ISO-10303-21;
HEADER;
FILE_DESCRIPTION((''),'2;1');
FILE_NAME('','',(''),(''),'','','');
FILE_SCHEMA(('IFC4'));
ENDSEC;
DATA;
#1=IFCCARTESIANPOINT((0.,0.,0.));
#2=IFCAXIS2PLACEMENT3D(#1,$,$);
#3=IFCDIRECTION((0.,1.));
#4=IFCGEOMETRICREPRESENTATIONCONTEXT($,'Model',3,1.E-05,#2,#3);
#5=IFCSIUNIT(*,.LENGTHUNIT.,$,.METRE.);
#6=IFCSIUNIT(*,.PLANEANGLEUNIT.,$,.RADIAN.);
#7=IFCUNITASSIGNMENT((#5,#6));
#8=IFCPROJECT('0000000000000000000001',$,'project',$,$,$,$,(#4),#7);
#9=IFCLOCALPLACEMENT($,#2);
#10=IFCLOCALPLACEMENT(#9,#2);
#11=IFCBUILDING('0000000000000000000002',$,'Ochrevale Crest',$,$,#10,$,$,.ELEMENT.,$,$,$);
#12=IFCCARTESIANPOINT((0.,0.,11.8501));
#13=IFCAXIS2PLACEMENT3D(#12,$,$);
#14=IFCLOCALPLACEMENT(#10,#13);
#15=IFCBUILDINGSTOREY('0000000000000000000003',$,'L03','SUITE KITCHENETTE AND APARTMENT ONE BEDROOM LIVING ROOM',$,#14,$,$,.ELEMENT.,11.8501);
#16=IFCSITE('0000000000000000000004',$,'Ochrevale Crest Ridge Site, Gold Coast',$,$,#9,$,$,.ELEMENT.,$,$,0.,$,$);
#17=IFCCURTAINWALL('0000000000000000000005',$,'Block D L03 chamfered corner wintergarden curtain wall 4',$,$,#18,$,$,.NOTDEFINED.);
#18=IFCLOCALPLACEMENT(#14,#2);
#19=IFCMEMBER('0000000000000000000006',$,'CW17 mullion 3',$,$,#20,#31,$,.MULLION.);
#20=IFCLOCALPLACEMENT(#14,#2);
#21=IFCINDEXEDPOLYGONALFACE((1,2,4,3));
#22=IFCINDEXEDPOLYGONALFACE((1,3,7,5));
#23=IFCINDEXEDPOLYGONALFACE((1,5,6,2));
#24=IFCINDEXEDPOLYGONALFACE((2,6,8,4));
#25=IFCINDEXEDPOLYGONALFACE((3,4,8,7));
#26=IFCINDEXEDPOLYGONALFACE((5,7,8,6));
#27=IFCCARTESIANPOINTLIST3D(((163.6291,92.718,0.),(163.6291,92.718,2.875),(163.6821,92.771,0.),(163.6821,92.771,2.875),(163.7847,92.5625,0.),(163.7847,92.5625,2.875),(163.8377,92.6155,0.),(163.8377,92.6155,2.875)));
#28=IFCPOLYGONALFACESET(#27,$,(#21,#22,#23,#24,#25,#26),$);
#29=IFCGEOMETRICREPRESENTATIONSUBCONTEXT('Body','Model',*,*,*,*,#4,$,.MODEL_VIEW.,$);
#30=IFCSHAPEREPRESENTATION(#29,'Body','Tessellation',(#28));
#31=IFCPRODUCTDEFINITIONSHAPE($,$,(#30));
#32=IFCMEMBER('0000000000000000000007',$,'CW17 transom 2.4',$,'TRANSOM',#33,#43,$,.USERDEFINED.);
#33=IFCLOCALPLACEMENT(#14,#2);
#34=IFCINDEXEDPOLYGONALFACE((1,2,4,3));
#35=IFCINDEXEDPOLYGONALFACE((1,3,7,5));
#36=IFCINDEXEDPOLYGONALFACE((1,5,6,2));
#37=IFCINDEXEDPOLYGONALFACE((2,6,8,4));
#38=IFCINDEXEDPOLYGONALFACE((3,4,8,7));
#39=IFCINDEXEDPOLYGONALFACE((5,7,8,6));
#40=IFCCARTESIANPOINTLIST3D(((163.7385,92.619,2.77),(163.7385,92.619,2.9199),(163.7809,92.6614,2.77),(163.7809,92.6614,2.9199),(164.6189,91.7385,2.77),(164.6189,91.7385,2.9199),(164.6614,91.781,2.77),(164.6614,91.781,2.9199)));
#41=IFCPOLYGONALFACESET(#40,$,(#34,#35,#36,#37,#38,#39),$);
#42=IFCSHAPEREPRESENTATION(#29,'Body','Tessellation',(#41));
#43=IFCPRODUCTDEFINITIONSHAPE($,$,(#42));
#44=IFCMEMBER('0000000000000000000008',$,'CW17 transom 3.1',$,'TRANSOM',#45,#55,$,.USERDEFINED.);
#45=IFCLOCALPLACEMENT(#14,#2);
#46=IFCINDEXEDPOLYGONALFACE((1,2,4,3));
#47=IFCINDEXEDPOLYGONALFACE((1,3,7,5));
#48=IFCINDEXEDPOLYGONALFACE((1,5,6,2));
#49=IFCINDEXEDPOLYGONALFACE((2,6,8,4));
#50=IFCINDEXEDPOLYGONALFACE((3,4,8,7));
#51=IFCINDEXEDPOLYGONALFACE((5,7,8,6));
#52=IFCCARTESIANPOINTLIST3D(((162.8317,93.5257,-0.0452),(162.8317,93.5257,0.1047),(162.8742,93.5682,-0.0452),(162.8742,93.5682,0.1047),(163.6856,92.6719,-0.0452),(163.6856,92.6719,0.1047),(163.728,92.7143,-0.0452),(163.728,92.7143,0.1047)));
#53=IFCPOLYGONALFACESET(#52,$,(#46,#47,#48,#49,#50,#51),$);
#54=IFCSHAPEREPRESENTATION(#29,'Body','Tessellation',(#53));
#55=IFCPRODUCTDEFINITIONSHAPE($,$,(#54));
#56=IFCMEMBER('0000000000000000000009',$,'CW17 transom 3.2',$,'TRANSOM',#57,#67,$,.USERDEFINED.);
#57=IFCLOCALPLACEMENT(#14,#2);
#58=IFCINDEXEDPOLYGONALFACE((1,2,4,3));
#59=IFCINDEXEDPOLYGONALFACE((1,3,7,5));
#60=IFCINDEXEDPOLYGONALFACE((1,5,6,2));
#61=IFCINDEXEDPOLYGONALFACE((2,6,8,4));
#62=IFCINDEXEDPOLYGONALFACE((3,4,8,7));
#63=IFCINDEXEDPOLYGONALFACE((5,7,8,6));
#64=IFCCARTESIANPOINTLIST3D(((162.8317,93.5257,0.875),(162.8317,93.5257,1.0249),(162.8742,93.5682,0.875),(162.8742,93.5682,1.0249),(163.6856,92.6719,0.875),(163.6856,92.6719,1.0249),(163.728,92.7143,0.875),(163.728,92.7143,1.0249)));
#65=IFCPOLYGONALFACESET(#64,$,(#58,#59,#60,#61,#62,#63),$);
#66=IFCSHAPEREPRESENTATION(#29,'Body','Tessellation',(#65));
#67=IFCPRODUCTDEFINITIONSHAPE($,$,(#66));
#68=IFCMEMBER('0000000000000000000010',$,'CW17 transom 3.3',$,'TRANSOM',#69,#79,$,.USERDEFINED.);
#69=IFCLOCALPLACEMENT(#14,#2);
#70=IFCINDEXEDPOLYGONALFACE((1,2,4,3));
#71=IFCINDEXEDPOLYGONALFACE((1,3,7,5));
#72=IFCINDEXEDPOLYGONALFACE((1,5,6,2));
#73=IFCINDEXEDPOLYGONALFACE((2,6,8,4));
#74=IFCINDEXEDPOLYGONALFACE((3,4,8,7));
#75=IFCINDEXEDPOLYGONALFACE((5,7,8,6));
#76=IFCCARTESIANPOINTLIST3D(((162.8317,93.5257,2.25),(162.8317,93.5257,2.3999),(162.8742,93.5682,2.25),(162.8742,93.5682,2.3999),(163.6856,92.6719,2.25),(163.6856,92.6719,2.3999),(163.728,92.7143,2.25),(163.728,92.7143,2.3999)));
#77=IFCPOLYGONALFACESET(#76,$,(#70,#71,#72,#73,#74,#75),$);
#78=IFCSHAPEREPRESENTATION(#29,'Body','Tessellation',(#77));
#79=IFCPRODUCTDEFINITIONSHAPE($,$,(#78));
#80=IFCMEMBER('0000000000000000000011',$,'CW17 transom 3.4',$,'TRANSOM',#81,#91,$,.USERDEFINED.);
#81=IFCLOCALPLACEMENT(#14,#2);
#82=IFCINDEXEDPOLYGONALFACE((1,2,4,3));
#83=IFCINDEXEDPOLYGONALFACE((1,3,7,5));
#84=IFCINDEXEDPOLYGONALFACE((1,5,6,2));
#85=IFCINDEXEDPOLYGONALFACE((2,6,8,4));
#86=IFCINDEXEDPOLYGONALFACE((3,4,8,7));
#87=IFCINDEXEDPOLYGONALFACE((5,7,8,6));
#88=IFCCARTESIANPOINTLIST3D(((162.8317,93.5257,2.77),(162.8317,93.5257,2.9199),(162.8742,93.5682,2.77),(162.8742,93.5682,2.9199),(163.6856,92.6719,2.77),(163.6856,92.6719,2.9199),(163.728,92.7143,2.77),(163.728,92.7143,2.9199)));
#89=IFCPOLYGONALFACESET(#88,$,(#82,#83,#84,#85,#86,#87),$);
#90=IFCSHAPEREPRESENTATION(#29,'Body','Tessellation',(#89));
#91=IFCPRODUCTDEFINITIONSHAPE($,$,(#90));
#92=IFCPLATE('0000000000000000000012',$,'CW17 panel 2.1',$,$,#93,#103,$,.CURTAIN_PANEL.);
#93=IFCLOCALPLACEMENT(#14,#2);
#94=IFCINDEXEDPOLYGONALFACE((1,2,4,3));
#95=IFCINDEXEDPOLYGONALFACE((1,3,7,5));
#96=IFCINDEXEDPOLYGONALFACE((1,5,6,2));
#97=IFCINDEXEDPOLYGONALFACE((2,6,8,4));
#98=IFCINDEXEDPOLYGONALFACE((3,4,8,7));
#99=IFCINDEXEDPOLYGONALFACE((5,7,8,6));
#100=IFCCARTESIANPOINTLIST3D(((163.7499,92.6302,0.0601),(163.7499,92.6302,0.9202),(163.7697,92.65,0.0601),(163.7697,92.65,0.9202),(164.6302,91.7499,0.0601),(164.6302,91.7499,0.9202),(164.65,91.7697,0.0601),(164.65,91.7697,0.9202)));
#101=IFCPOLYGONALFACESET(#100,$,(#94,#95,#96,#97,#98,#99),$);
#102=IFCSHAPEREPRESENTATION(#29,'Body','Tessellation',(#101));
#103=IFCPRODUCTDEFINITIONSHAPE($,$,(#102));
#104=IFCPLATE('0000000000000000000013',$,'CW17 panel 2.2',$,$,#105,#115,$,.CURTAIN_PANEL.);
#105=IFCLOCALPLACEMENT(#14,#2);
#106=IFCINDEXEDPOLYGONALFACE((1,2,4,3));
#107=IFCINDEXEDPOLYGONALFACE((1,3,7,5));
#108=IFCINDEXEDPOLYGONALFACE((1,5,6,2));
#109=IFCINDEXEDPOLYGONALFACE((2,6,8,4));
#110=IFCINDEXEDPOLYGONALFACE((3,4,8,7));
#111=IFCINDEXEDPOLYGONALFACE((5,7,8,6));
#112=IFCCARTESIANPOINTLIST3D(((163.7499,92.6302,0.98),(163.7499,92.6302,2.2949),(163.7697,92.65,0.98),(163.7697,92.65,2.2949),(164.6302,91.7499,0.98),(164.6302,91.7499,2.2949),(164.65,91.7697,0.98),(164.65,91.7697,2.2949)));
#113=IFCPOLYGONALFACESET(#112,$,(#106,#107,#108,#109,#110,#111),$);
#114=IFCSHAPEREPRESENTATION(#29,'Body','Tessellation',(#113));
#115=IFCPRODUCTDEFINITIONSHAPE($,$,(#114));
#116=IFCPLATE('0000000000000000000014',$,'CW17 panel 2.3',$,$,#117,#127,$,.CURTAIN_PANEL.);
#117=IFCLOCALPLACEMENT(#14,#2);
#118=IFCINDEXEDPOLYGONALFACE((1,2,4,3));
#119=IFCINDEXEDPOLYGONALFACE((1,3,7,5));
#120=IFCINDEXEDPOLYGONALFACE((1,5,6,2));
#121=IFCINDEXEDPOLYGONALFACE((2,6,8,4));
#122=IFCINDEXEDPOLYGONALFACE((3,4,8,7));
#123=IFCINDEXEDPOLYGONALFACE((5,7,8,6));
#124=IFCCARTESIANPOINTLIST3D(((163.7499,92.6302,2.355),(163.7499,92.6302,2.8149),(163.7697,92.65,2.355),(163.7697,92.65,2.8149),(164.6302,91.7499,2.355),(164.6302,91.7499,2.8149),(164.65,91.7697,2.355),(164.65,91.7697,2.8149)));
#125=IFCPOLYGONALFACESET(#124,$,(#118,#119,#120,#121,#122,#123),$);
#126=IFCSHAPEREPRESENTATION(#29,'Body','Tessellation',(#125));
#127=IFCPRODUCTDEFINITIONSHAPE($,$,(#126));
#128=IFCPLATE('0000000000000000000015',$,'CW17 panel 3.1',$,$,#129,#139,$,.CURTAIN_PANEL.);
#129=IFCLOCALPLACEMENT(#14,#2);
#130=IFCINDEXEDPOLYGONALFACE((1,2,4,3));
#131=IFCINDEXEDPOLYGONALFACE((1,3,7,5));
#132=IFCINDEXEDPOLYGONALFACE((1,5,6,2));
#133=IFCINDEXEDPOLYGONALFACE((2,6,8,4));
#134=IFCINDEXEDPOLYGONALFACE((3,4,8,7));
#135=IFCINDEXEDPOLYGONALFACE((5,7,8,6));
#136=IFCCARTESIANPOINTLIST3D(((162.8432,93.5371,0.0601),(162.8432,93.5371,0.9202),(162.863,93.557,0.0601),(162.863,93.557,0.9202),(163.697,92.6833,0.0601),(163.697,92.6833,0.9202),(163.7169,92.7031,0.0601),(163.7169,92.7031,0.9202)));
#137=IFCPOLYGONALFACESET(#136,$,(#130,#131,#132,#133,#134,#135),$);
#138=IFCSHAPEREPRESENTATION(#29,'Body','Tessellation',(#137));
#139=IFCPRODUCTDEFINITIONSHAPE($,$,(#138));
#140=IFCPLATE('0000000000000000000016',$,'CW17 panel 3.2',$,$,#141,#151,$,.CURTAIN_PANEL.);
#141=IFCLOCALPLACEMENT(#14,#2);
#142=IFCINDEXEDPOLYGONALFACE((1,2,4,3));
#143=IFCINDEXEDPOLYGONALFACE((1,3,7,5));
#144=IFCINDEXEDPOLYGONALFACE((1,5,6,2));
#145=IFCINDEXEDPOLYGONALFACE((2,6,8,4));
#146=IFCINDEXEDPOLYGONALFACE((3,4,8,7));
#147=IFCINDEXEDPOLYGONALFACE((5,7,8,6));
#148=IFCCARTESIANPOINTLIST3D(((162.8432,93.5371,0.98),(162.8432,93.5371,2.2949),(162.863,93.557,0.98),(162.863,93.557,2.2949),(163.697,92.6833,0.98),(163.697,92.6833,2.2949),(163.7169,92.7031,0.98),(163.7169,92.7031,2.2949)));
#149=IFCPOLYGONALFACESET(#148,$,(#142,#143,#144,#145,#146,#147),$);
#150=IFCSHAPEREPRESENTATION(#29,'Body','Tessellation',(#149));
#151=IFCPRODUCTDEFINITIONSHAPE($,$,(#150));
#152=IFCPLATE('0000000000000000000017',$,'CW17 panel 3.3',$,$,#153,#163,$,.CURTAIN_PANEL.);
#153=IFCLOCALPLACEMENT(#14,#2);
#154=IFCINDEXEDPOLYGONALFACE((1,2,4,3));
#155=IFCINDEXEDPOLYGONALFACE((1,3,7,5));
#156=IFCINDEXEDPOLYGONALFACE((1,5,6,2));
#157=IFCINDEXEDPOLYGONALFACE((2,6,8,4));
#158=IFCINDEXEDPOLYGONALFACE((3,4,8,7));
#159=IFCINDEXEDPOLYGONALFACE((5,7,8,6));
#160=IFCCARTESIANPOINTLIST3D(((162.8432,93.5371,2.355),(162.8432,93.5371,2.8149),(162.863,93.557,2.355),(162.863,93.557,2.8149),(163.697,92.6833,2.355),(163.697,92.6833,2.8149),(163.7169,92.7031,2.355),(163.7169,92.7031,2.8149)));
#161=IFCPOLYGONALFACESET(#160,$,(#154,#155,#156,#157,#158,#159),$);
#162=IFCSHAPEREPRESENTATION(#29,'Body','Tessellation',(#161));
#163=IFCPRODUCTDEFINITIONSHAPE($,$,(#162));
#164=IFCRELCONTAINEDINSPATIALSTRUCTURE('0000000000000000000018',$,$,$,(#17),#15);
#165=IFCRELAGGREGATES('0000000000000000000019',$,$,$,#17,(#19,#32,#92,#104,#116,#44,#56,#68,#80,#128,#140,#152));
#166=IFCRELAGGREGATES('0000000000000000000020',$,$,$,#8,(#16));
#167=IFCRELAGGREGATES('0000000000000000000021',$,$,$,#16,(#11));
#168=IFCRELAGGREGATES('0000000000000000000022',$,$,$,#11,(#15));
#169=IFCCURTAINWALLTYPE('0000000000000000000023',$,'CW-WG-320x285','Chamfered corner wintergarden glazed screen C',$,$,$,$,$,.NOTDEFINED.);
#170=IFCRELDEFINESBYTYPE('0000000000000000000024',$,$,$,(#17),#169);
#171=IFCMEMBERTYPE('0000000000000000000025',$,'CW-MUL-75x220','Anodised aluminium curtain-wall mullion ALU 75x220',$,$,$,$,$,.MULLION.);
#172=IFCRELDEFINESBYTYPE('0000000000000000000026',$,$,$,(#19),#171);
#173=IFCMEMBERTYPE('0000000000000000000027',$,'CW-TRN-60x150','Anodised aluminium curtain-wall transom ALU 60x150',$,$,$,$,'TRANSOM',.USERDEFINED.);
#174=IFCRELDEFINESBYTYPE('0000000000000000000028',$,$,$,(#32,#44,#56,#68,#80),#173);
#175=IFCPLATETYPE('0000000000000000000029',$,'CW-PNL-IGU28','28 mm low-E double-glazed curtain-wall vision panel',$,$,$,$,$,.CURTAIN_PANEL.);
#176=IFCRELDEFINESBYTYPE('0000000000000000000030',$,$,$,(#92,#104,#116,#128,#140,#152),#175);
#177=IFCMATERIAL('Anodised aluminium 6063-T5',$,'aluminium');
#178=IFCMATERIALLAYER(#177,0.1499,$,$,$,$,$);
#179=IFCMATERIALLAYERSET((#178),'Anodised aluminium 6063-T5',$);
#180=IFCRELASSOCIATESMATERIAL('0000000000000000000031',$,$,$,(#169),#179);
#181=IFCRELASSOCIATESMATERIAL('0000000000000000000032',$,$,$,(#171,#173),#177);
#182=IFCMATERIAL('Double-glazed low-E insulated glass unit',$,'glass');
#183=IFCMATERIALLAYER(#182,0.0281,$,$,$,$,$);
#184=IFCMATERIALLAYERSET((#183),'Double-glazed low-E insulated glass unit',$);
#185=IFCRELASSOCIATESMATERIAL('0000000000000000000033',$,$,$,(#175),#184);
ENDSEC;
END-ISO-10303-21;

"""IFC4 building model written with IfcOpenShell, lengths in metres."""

from ifc_helpers import new_model, si_unit, direction, frame, origin, origin_2d, place, context, subcontext, project, spatial, rectangle, extrude, material, layer, layer_set, material_profile, profile_set, type_object, element, aggregate, save


model = new_model("IFC4")

# Units and contexts
model_context = context("Model", 3, precision=1e-05, world=origin(), true_north=direction((0.0, 1.0)))
body_context = subcontext(model_context, "Body", "Model", "MODEL_VIEW")
ifc_project = project(units=[si_unit("LENGTHUNIT", "METRE"), si_unit("PLANEANGLEUNIT", "RADIAN")], contexts=[model_context])

# Site, building, storey
site_placement = place(None, origin())
site = spatial("IfcSite", under=ifc_project, at=site_placement, Name="Ochrevale Crest Ridge Site, Gold Coast", CompositionType="ELEMENT", RefElevation=0.0)
building_placement = place(site_placement, origin())
building = spatial("IfcBuilding", under=site, at=building_placement, Name="Ochrevale Crest", CompositionType="ELEMENT")
storey_placement = place(building_placement, frame((0.0, 0.0, 11.8501)))
storey = spatial("IfcBuildingStorey", under=building, at=storey_placement, Name="L03", Description="SUITE KITCHENETTE AND APARTMENT ONE BEDROOM LIVING ROOM", CompositionType="ELEMENT", Elevation=11.8501)

# Curtain wall, members, plates
ifc_material_1 = material(Name="Anodised aluminium 6063-T5", Category="aluminium")
ifc_layer_1 = layer(ifc_material_1, 0.1499)
ifc_layer_set_1 = layer_set([ifc_layer_1], Name="Anodised aluminium 6063-T5")
curtain_wall_type = type_object("IfcCurtainWallType", Name="CW-WG-320x285", Description="Chamfered corner wintergarden glazed screen C", PredefinedType="NOTDEFINED", material=ifc_layer_set_1)
curtain_wall_placement = place(storey_placement, origin())
curtain_wall = element("IfcCurtainWall", 1, at=curtain_wall_placement, inside=storey, type_object=curtain_wall_type, Name="Block D L03 chamfered corner wintergarden curtain wall 4", PredefinedType="NOTDEFINED")
ifc_material_profile_1 = material_profile(ifc_material_1, rectangle(XDim=0.075, YDim=0.22, at=origin_2d()), Name="ALU 75x220")
ifc_profile_set_1 = profile_set([ifc_material_profile_1], Name="Anodised aluminium 6063-T5")
member_type_1 = type_object("IfcMemberType", Name="CW-MUL-75x220", Description="Anodised aluminium curtain-wall mullion ALU 75x220", PredefinedType="MULLION", material=ifc_profile_set_1)
member_1_placement = place(storey_placement, frame((163.7334, 92.6667, 0.0), z_axis=(0.0, 0.0, 1.0), x_axis=(-0.707107, -0.707107, 0.0)))
member_1 = element("IfcMember", 2, at=member_1_placement, type_object=member_type_1, Name="CW17 mullion 3", PredefinedType="MULLION", context=body_context, shape_type="SweptSolid", body=[
    extrude(rectangle(XDim=0.075, YDim=0.22, at=origin_2d()), origin(), (0.0, 0.0, 1.0), 2.875),
])
ifc_material_profile_2 = material_profile(ifc_material_1, rectangle(XDim=0.0601, YDim=0.1499, at=origin_2d()), Name="ALU 60x150")
ifc_profile_set_2 = profile_set([ifc_material_profile_2], Name="Anodised aluminium 6063-T5")
member_type_2 = type_object("IfcMemberType", Name="CW-TRN-60x150", Description="Anodised aluminium curtain-wall transom ALU 60x150", ElementType="TRANSOM", PredefinedType="USERDEFINED", material=ifc_profile_set_2)
member_2_placement = place(storey_placement, frame((164.6401, 91.7598, 2.845), z_axis=(-0.707107, 0.707107, 0.0), x_axis=(-0.707107, -0.707107, 0.0)))
member_2 = element("IfcMember", 3, at=member_2_placement, type_object=member_type_2, Name="CW17 transom 2.4", ObjectType="TRANSOM", PredefinedType="USERDEFINED", context=body_context, shape_type="SweptSolid", body=[
    extrude(rectangle(XDim=0.0601, YDim=0.1499, at=origin_2d()), origin(), (0.0, 0.0, 1.0), 1.2451),
])
member_3_placement = place(storey_placement, frame((163.7068, 92.6931, 0.0298), z_axis=(-0.707107, 0.707107, 0.0), x_axis=(-0.707107, -0.707107, 0.0)))
member_3 = element("IfcMember", 4, at=member_3_placement, type_object=member_type_2, Name="CW17 transom 3.1", ObjectType="TRANSOM", PredefinedType="USERDEFINED", context=body_context, shape_type="SweptSolid", body=[
    extrude(rectangle(XDim=0.0601, YDim=0.1499, at=origin_2d()), origin(), (0.0, 0.0, 1.0), 1.2075),
])
member_4_placement = place(storey_placement, frame((163.7068, 92.6931, 0.95), z_axis=(-0.707107, 0.707107, 0.0), x_axis=(-0.707107, -0.707107, 0.0)))
member_4 = element("IfcMember", 5, at=member_4_placement, type_object=member_type_2, Name="CW17 transom 3.2", ObjectType="TRANSOM", PredefinedType="USERDEFINED", context=body_context, shape_type="SweptSolid", body=[
    extrude(rectangle(XDim=0.0601, YDim=0.1499, at=origin_2d()), origin(), (0.0, 0.0, 1.0), 1.2075),
])
member_5_placement = place(storey_placement, frame((163.7068, 92.6931, 2.325), z_axis=(-0.707107, 0.707107, 0.0), x_axis=(-0.707107, -0.707107, 0.0)))
member_5 = element("IfcMember", 6, at=member_5_placement, type_object=member_type_2, Name="CW17 transom 3.3", ObjectType="TRANSOM", PredefinedType="USERDEFINED", context=body_context, shape_type="SweptSolid", body=[
    extrude(rectangle(XDim=0.0601, YDim=0.1499, at=origin_2d()), origin(), (0.0, 0.0, 1.0), 1.2075),
])
member_6_placement = place(storey_placement, frame((163.7068, 92.6931, 2.845), z_axis=(-0.707107, 0.707107, 0.0), x_axis=(-0.707107, -0.707107, 0.0)))
member_6 = element("IfcMember", 7, at=member_6_placement, type_object=member_type_2, Name="CW17 transom 3.4", ObjectType="TRANSOM", PredefinedType="USERDEFINED", context=body_context, shape_type="SweptSolid", body=[
    extrude(rectangle(XDim=0.0601, YDim=0.1499, at=origin_2d()), origin(), (0.0, 0.0, 1.0), 1.2075),
])
ifc_material_2 = material(Name="Double-glazed low-E insulated glass unit", Category="glass")
ifc_layer_2 = layer(ifc_material_2, 0.0281)
ifc_layer_set_2 = layer_set([ifc_layer_2], Name="Double-glazed low-E insulated glass unit")
plate_type = type_object("IfcPlateType", Name="CW-PNL-IGU28", Description="28 mm low-E double-glazed curtain-wall vision panel", PredefinedType="CURTAIN_PANEL", material=ifc_layer_set_2)
plate_1_placement = place(storey_placement, frame((164.2, 92.2, 0.0601), z_axis=(0.0, 0.0, 1.0), x_axis=(-0.707107, 0.707107, 0.0)))
plate_1 = element("IfcPlate", 8, at=plate_1_placement, type_object=plate_type, Name="CW17 panel 2.1", PredefinedType="CURTAIN_PANEL", context=body_context, shape_type="SweptSolid", body=[
    extrude(rectangle(XDim=1.2449, YDim=0.0281, at=origin_2d()), origin(), (0.0, 0.0, 1.0), 0.8601),
])
plate_2_placement = place(storey_placement, frame((164.2, 92.2, 0.98), z_axis=(0.0, 0.0, 1.0), x_axis=(-0.707107, 0.707107, 0.0)))
plate_2 = element("IfcPlate", 9, at=plate_2_placement, type_object=plate_type, Name="CW17 panel 2.2", PredefinedType="CURTAIN_PANEL", context=body_context, shape_type="SweptSolid", body=[
    extrude(rectangle(XDim=1.2449, YDim=0.0281, at=origin_2d()), origin(), (0.0, 0.0, 1.0), 1.3149),
])
plate_3_placement = place(storey_placement, frame((164.2, 92.2, 2.355), z_axis=(0.0, 0.0, 1.0), x_axis=(-0.707107, 0.707107, 0.0)))
plate_3 = element("IfcPlate", 10, at=plate_3_placement, type_object=plate_type, Name="CW17 panel 2.3", PredefinedType="CURTAIN_PANEL", context=body_context, shape_type="SweptSolid", body=[
    extrude(rectangle(XDim=1.2449, YDim=0.0281, at=origin_2d()), origin(), (0.0, 0.0, 1.0), 0.46),
])
plate_4_placement = place(storey_placement, frame((163.28, 93.1201, 0.0601), z_axis=(0.0, 0.0, 1.0), x_axis=(-0.707107, 0.707107, 0.0)))
plate_4 = element("IfcPlate", 11, at=plate_4_placement, type_object=plate_type, Name="CW17 panel 3.1", PredefinedType="CURTAIN_PANEL", context=body_context, shape_type="SweptSolid", body=[
    extrude(rectangle(XDim=1.2075, YDim=0.0281, at=origin_2d()), origin(), (0.0, 0.0, 1.0), 0.8601),
])
plate_5_placement = place(storey_placement, frame((163.28, 93.1201, 0.98), z_axis=(0.0, 0.0, 1.0), x_axis=(-0.707107, 0.707107, 0.0)))
plate_5 = element("IfcPlate", 12, at=plate_5_placement, type_object=plate_type, Name="CW17 panel 3.2", PredefinedType="CURTAIN_PANEL", context=body_context, shape_type="SweptSolid", body=[
    extrude(rectangle(XDim=1.2075, YDim=0.0281, at=origin_2d()), origin(), (0.0, 0.0, 1.0), 1.3149),
])
plate_6_placement = place(storey_placement, frame((163.28, 93.1201, 2.355), z_axis=(0.0, 0.0, 1.0), x_axis=(-0.707107, 0.707107, 0.0)))
plate_6 = element("IfcPlate", 13, at=plate_6_placement, type_object=plate_type, Name="CW17 panel 3.3", PredefinedType="CURTAIN_PANEL", context=body_context, shape_type="SweptSolid", body=[
    extrude(rectangle(XDim=1.2075, YDim=0.0281, at=origin_2d()), origin(), (0.0, 0.0, 1.0), 0.46),
])
aggregate(curtain_wall, [member_1, member_2, plate_1, plate_2, plate_3, member_3, member_4, member_5, member_6, plate_4, plate_5, plate_6])

save(model, "model.ifc")
